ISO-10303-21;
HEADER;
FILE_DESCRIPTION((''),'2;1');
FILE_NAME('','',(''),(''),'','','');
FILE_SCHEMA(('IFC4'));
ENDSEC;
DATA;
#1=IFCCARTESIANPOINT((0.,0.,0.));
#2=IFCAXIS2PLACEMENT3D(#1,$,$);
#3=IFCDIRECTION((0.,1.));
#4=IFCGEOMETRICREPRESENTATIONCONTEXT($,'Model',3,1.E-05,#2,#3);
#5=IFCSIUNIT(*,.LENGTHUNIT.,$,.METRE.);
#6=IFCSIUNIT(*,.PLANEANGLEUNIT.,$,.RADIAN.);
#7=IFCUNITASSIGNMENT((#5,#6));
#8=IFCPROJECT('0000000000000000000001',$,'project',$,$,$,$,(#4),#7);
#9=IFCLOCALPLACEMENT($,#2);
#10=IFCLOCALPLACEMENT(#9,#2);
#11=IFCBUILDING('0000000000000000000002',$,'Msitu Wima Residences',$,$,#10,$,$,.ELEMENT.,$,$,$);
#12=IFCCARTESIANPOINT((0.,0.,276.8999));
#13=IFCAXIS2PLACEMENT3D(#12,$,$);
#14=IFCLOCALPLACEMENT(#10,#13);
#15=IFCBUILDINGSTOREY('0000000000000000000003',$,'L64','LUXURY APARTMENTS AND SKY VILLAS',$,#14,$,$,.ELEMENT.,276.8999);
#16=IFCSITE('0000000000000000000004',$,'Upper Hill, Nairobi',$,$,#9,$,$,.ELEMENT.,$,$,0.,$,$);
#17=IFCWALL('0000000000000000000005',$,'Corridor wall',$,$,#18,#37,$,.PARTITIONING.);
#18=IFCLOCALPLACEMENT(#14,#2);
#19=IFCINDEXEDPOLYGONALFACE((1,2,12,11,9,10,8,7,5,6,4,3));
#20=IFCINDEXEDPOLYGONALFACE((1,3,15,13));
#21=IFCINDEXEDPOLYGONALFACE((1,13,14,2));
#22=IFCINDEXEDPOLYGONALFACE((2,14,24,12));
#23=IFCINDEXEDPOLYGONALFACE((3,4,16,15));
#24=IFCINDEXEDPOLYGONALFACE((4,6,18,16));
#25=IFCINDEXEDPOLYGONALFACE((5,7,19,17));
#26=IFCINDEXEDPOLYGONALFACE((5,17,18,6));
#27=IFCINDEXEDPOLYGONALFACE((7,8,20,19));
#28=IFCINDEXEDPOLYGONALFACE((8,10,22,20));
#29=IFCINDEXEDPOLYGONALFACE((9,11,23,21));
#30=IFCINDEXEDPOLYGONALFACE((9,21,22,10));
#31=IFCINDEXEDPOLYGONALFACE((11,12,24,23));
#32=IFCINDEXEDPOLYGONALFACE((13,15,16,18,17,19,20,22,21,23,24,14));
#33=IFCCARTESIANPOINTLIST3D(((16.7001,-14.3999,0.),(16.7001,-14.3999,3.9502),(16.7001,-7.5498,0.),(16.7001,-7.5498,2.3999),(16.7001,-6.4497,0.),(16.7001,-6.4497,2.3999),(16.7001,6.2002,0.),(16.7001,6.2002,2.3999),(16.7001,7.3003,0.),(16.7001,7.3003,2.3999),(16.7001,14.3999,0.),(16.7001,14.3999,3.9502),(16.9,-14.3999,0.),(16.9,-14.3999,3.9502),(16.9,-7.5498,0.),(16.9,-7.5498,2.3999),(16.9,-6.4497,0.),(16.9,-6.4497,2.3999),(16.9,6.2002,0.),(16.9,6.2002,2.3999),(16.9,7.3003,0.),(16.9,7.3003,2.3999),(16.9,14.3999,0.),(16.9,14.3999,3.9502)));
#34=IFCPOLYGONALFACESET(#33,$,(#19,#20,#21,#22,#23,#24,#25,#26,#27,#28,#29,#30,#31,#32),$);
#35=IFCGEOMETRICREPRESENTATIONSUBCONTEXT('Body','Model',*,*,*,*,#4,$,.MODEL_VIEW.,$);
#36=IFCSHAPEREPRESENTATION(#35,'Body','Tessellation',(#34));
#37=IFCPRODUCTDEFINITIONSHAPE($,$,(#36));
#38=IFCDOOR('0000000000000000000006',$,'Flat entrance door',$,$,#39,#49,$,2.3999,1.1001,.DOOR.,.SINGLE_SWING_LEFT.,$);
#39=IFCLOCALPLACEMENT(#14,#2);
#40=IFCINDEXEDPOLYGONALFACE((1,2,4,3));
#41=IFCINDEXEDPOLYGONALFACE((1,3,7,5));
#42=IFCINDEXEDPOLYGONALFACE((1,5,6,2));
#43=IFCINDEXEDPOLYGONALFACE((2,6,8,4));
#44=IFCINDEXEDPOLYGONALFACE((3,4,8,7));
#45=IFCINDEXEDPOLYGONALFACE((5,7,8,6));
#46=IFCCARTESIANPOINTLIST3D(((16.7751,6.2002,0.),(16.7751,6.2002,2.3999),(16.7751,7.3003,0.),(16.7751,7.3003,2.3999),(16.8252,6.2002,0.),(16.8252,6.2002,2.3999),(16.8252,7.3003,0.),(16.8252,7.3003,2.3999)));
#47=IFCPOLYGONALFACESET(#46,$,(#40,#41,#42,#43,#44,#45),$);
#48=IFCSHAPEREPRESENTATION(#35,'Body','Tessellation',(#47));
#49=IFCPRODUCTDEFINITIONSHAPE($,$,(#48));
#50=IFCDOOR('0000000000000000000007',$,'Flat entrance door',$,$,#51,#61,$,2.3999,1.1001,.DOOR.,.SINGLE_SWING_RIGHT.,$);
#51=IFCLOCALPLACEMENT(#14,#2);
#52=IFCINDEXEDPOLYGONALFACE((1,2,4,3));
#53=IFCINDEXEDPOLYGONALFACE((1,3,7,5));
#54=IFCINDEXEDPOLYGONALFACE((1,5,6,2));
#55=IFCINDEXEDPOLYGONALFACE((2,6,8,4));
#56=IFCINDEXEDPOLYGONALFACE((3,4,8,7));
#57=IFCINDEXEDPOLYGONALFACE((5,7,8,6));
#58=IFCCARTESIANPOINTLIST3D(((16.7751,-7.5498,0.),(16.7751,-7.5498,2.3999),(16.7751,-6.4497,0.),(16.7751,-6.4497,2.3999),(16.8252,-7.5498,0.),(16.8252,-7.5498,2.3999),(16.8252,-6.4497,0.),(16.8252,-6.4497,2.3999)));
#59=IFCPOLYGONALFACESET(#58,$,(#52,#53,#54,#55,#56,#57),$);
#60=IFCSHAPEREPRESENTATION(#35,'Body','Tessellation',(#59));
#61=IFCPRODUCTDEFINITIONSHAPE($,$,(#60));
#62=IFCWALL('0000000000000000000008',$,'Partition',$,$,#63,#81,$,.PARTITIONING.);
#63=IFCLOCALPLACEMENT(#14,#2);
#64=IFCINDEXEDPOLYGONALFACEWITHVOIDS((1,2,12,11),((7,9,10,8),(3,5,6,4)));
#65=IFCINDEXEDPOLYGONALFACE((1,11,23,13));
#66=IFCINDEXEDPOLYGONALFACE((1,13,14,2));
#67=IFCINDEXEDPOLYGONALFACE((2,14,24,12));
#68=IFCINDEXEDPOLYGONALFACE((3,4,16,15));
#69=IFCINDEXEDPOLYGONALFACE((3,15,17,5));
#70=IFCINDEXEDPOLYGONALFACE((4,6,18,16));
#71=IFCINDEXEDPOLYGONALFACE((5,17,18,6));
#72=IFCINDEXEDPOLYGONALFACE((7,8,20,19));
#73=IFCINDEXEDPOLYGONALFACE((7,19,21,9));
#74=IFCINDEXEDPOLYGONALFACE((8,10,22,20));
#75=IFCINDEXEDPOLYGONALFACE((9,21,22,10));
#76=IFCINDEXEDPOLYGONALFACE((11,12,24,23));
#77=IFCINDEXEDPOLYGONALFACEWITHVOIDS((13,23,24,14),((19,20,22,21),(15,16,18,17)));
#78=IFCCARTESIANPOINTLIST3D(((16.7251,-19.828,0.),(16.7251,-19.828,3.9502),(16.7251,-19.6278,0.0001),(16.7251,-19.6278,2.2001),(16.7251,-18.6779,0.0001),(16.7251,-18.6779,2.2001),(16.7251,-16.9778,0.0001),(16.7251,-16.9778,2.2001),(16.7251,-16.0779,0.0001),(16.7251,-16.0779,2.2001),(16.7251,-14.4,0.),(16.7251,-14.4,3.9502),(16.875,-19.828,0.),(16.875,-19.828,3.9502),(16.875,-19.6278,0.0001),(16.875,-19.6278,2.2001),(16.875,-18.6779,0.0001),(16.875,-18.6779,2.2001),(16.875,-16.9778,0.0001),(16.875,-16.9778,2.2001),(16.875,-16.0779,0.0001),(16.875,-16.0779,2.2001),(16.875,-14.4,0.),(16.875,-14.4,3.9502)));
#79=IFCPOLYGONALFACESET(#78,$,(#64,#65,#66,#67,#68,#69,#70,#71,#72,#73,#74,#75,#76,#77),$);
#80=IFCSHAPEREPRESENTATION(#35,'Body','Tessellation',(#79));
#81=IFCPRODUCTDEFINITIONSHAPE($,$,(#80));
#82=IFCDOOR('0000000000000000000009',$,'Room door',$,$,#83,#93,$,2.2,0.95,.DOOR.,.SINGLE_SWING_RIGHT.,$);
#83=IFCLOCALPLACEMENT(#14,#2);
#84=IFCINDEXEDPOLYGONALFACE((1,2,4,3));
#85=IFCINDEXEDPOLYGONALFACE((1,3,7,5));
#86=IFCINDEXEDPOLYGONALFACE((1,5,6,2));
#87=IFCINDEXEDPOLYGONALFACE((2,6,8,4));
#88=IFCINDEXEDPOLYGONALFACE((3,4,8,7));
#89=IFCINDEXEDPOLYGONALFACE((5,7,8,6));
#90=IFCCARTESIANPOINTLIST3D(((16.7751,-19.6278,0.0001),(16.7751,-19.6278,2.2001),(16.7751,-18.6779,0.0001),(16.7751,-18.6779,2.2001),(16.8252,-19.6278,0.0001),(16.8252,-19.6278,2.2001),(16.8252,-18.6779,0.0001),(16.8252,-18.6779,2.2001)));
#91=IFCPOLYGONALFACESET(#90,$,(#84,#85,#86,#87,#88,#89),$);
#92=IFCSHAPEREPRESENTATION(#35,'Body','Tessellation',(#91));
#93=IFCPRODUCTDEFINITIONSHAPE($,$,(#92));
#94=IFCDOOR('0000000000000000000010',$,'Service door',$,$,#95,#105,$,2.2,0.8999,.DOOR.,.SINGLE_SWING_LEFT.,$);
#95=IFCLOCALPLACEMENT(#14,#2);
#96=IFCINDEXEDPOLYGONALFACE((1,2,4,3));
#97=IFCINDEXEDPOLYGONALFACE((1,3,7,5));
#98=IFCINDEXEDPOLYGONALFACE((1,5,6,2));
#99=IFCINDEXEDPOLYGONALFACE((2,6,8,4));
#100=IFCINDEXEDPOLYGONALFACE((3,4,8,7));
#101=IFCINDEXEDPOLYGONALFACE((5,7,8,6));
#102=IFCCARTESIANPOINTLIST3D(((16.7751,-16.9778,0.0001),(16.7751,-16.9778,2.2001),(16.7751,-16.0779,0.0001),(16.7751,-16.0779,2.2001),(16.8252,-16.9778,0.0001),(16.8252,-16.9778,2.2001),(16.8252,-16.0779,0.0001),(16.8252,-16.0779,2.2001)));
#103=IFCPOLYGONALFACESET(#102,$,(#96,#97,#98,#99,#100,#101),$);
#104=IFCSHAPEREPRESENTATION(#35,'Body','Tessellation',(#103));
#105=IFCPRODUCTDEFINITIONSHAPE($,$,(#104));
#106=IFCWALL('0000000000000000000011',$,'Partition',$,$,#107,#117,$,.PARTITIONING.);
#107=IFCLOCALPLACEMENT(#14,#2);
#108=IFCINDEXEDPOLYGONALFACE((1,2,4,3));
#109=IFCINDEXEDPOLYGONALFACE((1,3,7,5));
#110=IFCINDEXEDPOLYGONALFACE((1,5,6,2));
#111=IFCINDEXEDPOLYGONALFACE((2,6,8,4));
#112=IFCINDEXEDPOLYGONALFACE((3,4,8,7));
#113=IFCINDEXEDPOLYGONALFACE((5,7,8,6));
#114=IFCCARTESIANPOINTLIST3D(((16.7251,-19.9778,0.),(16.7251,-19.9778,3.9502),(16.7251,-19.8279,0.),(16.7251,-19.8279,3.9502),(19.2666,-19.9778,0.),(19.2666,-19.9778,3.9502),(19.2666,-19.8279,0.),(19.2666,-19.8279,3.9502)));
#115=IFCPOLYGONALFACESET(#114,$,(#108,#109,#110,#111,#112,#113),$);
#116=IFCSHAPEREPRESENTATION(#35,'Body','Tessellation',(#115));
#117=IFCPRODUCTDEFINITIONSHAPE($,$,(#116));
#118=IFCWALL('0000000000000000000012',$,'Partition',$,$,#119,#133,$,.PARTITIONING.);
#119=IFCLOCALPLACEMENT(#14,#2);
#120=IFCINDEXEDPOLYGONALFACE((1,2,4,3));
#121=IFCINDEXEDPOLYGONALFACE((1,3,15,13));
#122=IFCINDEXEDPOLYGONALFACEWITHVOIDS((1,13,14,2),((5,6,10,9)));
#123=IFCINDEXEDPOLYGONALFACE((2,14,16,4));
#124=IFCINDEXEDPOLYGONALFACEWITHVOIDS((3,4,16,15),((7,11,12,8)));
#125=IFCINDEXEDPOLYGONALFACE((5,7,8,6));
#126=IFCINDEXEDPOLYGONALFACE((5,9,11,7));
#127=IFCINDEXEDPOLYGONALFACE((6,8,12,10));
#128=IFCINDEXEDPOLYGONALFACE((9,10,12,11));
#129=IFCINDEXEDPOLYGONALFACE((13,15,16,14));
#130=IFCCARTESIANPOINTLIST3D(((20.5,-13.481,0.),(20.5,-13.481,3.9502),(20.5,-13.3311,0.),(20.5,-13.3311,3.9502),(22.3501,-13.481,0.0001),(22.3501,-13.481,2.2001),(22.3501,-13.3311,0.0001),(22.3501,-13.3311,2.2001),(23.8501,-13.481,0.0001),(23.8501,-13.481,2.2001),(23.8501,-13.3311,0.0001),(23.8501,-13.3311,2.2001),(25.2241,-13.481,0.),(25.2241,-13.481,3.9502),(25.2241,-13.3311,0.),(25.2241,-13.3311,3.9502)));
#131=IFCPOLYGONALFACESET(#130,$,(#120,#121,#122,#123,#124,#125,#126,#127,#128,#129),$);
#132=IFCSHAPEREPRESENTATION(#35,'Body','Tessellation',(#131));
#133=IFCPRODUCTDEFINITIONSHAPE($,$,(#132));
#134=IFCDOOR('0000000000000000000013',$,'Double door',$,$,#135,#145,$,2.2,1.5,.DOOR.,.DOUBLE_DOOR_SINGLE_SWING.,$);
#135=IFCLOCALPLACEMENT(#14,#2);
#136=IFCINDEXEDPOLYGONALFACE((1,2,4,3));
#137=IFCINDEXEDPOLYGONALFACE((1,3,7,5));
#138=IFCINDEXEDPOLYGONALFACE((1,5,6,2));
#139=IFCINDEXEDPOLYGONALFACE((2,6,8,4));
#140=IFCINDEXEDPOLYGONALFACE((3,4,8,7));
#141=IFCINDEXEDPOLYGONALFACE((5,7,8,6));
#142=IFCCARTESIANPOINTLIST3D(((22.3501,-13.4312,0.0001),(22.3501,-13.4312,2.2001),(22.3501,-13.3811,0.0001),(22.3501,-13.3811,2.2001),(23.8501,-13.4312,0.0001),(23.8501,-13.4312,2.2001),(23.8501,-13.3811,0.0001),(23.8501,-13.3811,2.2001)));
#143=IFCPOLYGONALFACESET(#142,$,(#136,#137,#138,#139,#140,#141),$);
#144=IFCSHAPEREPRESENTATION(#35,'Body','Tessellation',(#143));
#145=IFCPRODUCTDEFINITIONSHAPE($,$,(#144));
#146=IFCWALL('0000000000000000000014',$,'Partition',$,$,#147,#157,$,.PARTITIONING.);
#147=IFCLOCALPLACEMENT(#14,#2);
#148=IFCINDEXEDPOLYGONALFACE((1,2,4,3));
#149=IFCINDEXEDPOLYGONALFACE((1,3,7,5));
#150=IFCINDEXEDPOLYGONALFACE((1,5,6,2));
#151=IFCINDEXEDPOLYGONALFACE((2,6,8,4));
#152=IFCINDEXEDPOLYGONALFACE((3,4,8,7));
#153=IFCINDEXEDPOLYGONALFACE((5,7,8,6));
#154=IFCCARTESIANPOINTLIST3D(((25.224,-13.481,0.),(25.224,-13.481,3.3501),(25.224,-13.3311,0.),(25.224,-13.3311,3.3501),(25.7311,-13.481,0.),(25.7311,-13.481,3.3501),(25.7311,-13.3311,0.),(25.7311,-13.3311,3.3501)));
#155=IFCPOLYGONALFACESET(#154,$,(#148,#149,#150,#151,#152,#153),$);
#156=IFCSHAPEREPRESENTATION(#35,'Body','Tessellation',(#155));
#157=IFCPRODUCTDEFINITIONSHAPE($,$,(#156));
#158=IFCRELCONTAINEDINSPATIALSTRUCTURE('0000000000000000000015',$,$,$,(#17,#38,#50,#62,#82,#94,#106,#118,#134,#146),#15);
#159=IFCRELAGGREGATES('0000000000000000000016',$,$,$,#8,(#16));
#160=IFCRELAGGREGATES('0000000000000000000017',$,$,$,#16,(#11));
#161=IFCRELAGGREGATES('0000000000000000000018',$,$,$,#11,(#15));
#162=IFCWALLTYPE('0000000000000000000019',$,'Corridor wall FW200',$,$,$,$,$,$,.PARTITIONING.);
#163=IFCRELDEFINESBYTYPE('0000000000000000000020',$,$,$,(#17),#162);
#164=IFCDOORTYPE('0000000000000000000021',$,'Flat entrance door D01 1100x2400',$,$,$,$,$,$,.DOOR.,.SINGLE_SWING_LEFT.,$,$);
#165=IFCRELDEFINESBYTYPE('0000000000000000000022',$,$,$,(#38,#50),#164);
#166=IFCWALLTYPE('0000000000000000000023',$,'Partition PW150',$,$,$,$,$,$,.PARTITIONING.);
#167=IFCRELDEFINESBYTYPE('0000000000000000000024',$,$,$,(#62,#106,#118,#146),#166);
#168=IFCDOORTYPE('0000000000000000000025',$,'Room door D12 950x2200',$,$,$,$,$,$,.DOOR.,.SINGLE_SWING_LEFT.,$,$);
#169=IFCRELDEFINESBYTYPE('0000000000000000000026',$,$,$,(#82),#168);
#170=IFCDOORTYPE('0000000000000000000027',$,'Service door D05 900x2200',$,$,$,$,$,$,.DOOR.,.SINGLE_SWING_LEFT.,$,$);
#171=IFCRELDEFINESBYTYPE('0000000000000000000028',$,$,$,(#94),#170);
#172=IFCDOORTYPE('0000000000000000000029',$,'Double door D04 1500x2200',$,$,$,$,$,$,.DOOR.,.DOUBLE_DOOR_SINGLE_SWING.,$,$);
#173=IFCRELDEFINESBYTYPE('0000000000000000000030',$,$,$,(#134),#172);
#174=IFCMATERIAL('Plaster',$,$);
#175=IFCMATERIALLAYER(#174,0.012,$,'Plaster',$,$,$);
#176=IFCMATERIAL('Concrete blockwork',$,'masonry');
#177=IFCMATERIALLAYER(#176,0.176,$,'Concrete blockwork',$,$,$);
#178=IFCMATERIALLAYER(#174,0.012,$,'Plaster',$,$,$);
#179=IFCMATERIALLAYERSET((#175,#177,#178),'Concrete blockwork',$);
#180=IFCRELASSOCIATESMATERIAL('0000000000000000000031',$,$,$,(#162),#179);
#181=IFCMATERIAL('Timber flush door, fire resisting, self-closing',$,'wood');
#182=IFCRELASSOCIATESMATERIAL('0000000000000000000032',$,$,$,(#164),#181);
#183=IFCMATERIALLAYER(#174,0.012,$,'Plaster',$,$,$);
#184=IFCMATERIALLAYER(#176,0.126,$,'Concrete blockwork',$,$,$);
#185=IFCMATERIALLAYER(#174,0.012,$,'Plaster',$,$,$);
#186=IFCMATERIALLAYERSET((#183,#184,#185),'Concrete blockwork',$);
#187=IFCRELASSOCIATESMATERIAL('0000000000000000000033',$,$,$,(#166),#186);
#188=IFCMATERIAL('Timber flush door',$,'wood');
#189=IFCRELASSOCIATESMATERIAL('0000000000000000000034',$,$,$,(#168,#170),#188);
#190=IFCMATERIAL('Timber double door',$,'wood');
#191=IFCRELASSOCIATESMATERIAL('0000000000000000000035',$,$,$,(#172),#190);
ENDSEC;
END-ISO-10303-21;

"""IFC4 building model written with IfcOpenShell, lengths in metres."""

from ifc_helpers import new_model, si_unit, direction, frame, frame_2d, origin, place, context, subcontext, project, spatial, rectangle, extrude, material, layer, layer_set, type_object, element, fill, save


model = new_model("IFC4")

# Units and contexts
model_context = context("Model", 3, precision=1e-05, world=origin(), true_north=direction((0.0, 1.0)))
body_context = subcontext(model_context, "Body", "Model", "MODEL_VIEW")
ifc_project = project(units=[si_unit("LENGTHUNIT", "METRE"), si_unit("PLANEANGLEUNIT", "RADIAN")], contexts=[model_context])

# Site, building, storey
site_placement = place(None, origin())
site = spatial("IfcSite", under=ifc_project, at=site_placement, Name="Upper Hill, Nairobi", CompositionType="ELEMENT", RefElevation=0.0)
building_placement = place(site_placement, origin())
building = spatial("IfcBuilding", under=site, at=building_placement, Name="Msitu Wima Residences", CompositionType="ELEMENT")
storey_placement = place(building_placement, frame((0.0, 0.0, 276.8999)))
storey = spatial("IfcBuildingStorey", under=building, at=storey_placement, Name="L64", Description="LUXURY APARTMENTS AND SKY VILLAS", CompositionType="ELEMENT", Elevation=276.8999)

# Shared definitions
ifc_material_1 = material(Name="Plaster")
ifc_layer_1 = layer(ifc_material_1, 0.012, Name="Plaster")
ifc_material_2 = material(Name="Concrete blockwork", Category="masonry")
ifc_layer_2 = layer(ifc_material_2, 0.176, Name="Concrete blockwork")
ifc_layer_3 = layer(ifc_material_1, 0.012, Name="Plaster")
ifc_layer_set_1 = layer_set([ifc_layer_1, ifc_layer_2, ifc_layer_3], Name="Concrete blockwork")
wall_type_1 = type_object("IfcWallType", Name="Corridor wall FW200", PredefinedType="PARTITIONING", material=ifc_layer_set_1)

# Walls, openings, doors
wall_1_placement = place(storey_placement, frame((16.8, -14.3999, 0.0), z_axis=(0.0, 0.0, 1.0), x_axis=(0.0, 1.0, 0.0)))
wall_1 = element("IfcWall", 1, at=wall_1_placement, inside=storey, type_object=wall_type_1, Name="Corridor wall", PredefinedType="PARTITIONING", context=body_context, shape_type="SweptSolid", body=[
    extrude(rectangle(XDim=28.7998, YDim=0.2, at=frame_2d((14.3999, 0.0))), origin(), (0.0, 0.0, 1.0), 3.9502),
])
opening_1_placement = place(wall_1_placement, frame((20.6001, 0.0, 0.0)))
opening_1 = element("IfcOpeningElement", 2, at=opening_1_placement, cuts=wall_1, PredefinedType="OPENING", context=body_context, shape_type="SweptSolid", body=[
    extrude(rectangle(XDim=1.1001, YDim=2.3999, at=frame_2d((0.55, 1.2))), frame((0.0, 0.1099, 0.0), z_axis=(0.0, -1.0, 0.0), x_axis=(1.0, 0.0, 0.0)), (0.0, 0.0, 1.0), 0.22),
])
opening_2_placement = place(wall_1_placement, frame((6.8501, 0.0, 0.0)))
opening_2 = element("IfcOpeningElement", 3, at=opening_2_placement, cuts=wall_1, PredefinedType="OPENING", context=body_context, shape_type="SweptSolid", body=[
    extrude(rectangle(XDim=1.1001, YDim=2.3999, at=frame_2d((0.55, 1.2))), frame((0.0, 0.1099, 0.0), z_axis=(0.0, -1.0, 0.0), x_axis=(1.0, 0.0, 0.0)), (0.0, 0.0, 1.0), 0.22),
])
ifc_material_3 = material(Name="Timber flush door, fire resisting, self-closing", Category="wood")
door_type_1 = type_object("IfcDoorType", Name="Flat entrance door D01 1100x2400", OperationType="SINGLE_SWING_LEFT", PredefinedType="DOOR", material=ifc_material_3)
door_1_placement = place(opening_1_placement, origin())
door_1 = element("IfcDoor", 4, at=door_1_placement, inside=storey, type_object=door_type_1, Name="Flat entrance door", OperationType="SINGLE_SWING_LEFT", OverallHeight=2.3999, OverallWidth=1.1001, PredefinedType="DOOR", context=body_context, shape_type="SweptSolid", body=[
    extrude(rectangle(XDim=1.1001, YDim=2.3999, at=frame_2d((0.55, 1.2))), frame((0.0, 0.0249, 0.0), z_axis=(0.0, -1.0, 0.0), x_axis=(1.0, 0.0, 0.0)), (0.0, 0.0, 1.0), 0.05),
])
fill(opening_1, door_1)
door_2_placement = place(opening_2_placement, origin())
door_2 = element("IfcDoor", 5, at=door_2_placement, inside=storey, type_object=door_type_1, Name="Flat entrance door", OperationType="SINGLE_SWING_RIGHT", OverallHeight=2.3999, OverallWidth=1.1001, PredefinedType="DOOR", context=body_context, shape_type="SweptSolid", body=[
    extrude(rectangle(XDim=1.1001, YDim=2.3999, at=frame_2d((0.55, 1.2))), frame((0.0, 0.0249, 0.0), z_axis=(0.0, -1.0, 0.0), x_axis=(1.0, 0.0, 0.0)), (0.0, 0.0, 1.0), 0.05),
])
fill(opening_2, door_2)
ifc_layer_4 = layer(ifc_material_1, 0.012, Name="Plaster")
ifc_layer_5 = layer(ifc_material_2, 0.126, Name="Concrete blockwork")
ifc_layer_6 = layer(ifc_material_1, 0.012, Name="Plaster")
ifc_layer_set_2 = layer_set([ifc_layer_4, ifc_layer_5, ifc_layer_6], Name="Concrete blockwork")
wall_type_2 = type_object("IfcWallType", Name="Partition PW150", PredefinedType="PARTITIONING", material=ifc_layer_set_2)
wall_2_placement = place(storey_placement, frame((16.8, -19.8279, 0.0), z_axis=(0.0, 0.0, 1.0), x_axis=(0.0, 1.0, 0.0)))
wall_2 = element("IfcWall", 6, at=wall_2_placement, inside=storey, type_object=wall_type_2, Name="Partition", PredefinedType="PARTITIONING", context=body_context, shape_type="SweptSolid", body=[
    extrude(rectangle(XDim=5.428, YDim=0.1499, at=frame_2d((2.7139, 0.0))), origin(), (0.0, 0.0, 1.0), 3.9502),
])
opening_3_placement = place(wall_2_placement, frame((2.8501, 0.0, 0.0)))
opening_3 = element("IfcOpeningElement", 7, at=opening_3_placement, cuts=wall_2, PredefinedType="OPENING", context=body_context, shape_type="SweptSolid", body=[
    extrude(rectangle(XDim=0.8999, YDim=2.2, at=frame_2d((0.45, 1.1001))), frame((0.0, 0.085, 0.0), z_axis=(0.0, -1.0, 0.0), x_axis=(1.0, 0.0, 0.0)), (0.0, 0.0, 1.0), 0.1699),
])
opening_4_placement = place(wall_2_placement, frame((0.2, 0.0, 0.0)))
opening_4 = element("IfcOpeningElement", 8, at=opening_4_placement, cuts=wall_2, PredefinedType="OPENING", context=body_context, shape_type="SweptSolid", body=[
    extrude(rectangle(XDim=0.95, YDim=2.2, at=frame_2d((0.4751, 1.1001))), frame((0.0, 0.085, 0.0), z_axis=(0.0, -1.0, 0.0), x_axis=(1.0, 0.0, 0.0)), (0.0, 0.0, 1.0), 0.1699),
])
ifc_material_4 = material(Name="Timber flush door", Category="wood")
door_type_2 = type_object("IfcDoorType", Name="Room door D12 950x2200", OperationType="SINGLE_SWING_LEFT", PredefinedType="DOOR", material=ifc_material_4)
door_3_placement = place(opening_4_placement, origin())
door_3 = element("IfcDoor", 9, at=door_3_placement, inside=storey, type_object=door_type_2, Name="Room door", OperationType="SINGLE_SWING_RIGHT", OverallHeight=2.2, OverallWidth=0.95, PredefinedType="DOOR", context=body_context, shape_type="SweptSolid", body=[
    extrude(rectangle(XDim=0.95, YDim=2.2, at=frame_2d((0.4751, 1.1001))), frame((0.0, 0.0249, 0.0), z_axis=(0.0, -1.0, 0.0), x_axis=(1.0, 0.0, 0.0)), (0.0, 0.0, 1.0), 0.05),
])
fill(opening_4, door_3)
door_type_3 = type_object("IfcDoorType", Name="Service door D05 900x2200", OperationType="SINGLE_SWING_LEFT", PredefinedType="DOOR", material=ifc_material_4)
door_4_placement = place(opening_3_placement, origin())
door_4 = element("IfcDoor", 10, at=door_4_placement, inside=storey, type_object=door_type_3, Name="Service door", OperationType="SINGLE_SWING_LEFT", OverallHeight=2.2, OverallWidth=0.8999, PredefinedType="DOOR", context=body_context, shape_type="SweptSolid", body=[
    extrude(rectangle(XDim=0.8999, YDim=2.2, at=frame_2d((0.45, 1.1001))), frame((0.0, 0.0249, 0.0), z_axis=(0.0, -1.0, 0.0), x_axis=(1.0, 0.0, 0.0)), (0.0, 0.0, 1.0), 0.05),
])
fill(opening_3, door_4)

# Wall
wall_3_placement = place(storey_placement, frame((16.7251, -19.9028, 0.0), z_axis=(0.0, 0.0, 1.0), x_axis=(1.0, 0.0, 0.0)))
element("IfcWall", 11, at=wall_3_placement, inside=storey, type_object=wall_type_2, Name="Partition", PredefinedType="PARTITIONING", context=body_context, shape_type="SweptSolid", body=[
    extrude(rectangle(XDim=2.5415, YDim=0.1499, at=frame_2d((1.2708, 0.0))), origin(), (0.0, 0.0, 1.0), 3.9502),
])

# Wall, opening, door
wall_4_placement = place(storey_placement, frame((20.5, -13.406, 0.0), z_axis=(0.0, 0.0, 1.0), x_axis=(1.0, 0.0, 0.0)))
wall_4 = element("IfcWall", 12, at=wall_4_placement, inside=storey, type_object=wall_type_2, Name="Partition", PredefinedType="PARTITIONING", context=body_context, shape_type="SweptSolid", body=[
    extrude(rectangle(XDim=4.7241, YDim=0.1499, at=frame_2d((2.3621, 0.0))), origin(), (0.0, 0.0, 1.0), 3.9502),
])
opening_5_placement = place(wall_4_placement, frame((1.8501, 0.0, 0.0)))
opening_5 = element("IfcOpeningElement", 13, at=opening_5_placement, cuts=wall_4, PredefinedType="OPENING", context=body_context, shape_type="SweptSolid", body=[
    extrude(rectangle(XDim=1.5, YDim=2.2, at=frame_2d((0.75, 1.1001))), frame((0.0, 0.085, 0.0), z_axis=(0.0, -1.0, 0.0), x_axis=(1.0, 0.0, 0.0)), (0.0, 0.0, 1.0), 0.1699),
])
ifc_material_5 = material(Name="Timber double door", Category="wood")
door_type_4 = type_object("IfcDoorType", Name="Double door D04 1500x2200", OperationType="DOUBLE_DOOR_SINGLE_SWING", PredefinedType="DOOR", material=ifc_material_5)
door_5_placement = place(opening_5_placement, origin())
door_5 = element("IfcDoor", 14, at=door_5_placement, inside=storey, type_object=door_type_4, Name="Double door", OperationType="DOUBLE_DOOR_SINGLE_SWING", OverallHeight=2.2, OverallWidth=1.5, PredefinedType="DOOR", context=body_context, shape_type="SweptSolid", body=[
    extrude(rectangle(XDim=1.5, YDim=2.2, at=frame_2d((0.75, 1.1001))), frame((0.0, 0.0249, 0.0), z_axis=(0.0, -1.0, 0.0), x_axis=(1.0, 0.0, 0.0)), (0.0, 0.0, 1.0), 0.05),
])
fill(opening_5, door_5)

# Wall
wall_5_placement = place(storey_placement, frame((25.2241, -13.406, 0.0), z_axis=(0.0, 0.0, 1.0), x_axis=(1.0, 0.0, 0.0)))
element("IfcWall", 15, at=wall_5_placement, inside=storey, type_object=wall_type_2, Name="Partition", PredefinedType="PARTITIONING", context=body_context, shape_type="SweptSolid", body=[
    extrude(rectangle(XDim=0.5071, YDim=0.1499, at=frame_2d((0.2534, 0.0))), origin(), (0.0, 0.0, 1.0), 3.3501),
])

save(model, "model.ifc")
